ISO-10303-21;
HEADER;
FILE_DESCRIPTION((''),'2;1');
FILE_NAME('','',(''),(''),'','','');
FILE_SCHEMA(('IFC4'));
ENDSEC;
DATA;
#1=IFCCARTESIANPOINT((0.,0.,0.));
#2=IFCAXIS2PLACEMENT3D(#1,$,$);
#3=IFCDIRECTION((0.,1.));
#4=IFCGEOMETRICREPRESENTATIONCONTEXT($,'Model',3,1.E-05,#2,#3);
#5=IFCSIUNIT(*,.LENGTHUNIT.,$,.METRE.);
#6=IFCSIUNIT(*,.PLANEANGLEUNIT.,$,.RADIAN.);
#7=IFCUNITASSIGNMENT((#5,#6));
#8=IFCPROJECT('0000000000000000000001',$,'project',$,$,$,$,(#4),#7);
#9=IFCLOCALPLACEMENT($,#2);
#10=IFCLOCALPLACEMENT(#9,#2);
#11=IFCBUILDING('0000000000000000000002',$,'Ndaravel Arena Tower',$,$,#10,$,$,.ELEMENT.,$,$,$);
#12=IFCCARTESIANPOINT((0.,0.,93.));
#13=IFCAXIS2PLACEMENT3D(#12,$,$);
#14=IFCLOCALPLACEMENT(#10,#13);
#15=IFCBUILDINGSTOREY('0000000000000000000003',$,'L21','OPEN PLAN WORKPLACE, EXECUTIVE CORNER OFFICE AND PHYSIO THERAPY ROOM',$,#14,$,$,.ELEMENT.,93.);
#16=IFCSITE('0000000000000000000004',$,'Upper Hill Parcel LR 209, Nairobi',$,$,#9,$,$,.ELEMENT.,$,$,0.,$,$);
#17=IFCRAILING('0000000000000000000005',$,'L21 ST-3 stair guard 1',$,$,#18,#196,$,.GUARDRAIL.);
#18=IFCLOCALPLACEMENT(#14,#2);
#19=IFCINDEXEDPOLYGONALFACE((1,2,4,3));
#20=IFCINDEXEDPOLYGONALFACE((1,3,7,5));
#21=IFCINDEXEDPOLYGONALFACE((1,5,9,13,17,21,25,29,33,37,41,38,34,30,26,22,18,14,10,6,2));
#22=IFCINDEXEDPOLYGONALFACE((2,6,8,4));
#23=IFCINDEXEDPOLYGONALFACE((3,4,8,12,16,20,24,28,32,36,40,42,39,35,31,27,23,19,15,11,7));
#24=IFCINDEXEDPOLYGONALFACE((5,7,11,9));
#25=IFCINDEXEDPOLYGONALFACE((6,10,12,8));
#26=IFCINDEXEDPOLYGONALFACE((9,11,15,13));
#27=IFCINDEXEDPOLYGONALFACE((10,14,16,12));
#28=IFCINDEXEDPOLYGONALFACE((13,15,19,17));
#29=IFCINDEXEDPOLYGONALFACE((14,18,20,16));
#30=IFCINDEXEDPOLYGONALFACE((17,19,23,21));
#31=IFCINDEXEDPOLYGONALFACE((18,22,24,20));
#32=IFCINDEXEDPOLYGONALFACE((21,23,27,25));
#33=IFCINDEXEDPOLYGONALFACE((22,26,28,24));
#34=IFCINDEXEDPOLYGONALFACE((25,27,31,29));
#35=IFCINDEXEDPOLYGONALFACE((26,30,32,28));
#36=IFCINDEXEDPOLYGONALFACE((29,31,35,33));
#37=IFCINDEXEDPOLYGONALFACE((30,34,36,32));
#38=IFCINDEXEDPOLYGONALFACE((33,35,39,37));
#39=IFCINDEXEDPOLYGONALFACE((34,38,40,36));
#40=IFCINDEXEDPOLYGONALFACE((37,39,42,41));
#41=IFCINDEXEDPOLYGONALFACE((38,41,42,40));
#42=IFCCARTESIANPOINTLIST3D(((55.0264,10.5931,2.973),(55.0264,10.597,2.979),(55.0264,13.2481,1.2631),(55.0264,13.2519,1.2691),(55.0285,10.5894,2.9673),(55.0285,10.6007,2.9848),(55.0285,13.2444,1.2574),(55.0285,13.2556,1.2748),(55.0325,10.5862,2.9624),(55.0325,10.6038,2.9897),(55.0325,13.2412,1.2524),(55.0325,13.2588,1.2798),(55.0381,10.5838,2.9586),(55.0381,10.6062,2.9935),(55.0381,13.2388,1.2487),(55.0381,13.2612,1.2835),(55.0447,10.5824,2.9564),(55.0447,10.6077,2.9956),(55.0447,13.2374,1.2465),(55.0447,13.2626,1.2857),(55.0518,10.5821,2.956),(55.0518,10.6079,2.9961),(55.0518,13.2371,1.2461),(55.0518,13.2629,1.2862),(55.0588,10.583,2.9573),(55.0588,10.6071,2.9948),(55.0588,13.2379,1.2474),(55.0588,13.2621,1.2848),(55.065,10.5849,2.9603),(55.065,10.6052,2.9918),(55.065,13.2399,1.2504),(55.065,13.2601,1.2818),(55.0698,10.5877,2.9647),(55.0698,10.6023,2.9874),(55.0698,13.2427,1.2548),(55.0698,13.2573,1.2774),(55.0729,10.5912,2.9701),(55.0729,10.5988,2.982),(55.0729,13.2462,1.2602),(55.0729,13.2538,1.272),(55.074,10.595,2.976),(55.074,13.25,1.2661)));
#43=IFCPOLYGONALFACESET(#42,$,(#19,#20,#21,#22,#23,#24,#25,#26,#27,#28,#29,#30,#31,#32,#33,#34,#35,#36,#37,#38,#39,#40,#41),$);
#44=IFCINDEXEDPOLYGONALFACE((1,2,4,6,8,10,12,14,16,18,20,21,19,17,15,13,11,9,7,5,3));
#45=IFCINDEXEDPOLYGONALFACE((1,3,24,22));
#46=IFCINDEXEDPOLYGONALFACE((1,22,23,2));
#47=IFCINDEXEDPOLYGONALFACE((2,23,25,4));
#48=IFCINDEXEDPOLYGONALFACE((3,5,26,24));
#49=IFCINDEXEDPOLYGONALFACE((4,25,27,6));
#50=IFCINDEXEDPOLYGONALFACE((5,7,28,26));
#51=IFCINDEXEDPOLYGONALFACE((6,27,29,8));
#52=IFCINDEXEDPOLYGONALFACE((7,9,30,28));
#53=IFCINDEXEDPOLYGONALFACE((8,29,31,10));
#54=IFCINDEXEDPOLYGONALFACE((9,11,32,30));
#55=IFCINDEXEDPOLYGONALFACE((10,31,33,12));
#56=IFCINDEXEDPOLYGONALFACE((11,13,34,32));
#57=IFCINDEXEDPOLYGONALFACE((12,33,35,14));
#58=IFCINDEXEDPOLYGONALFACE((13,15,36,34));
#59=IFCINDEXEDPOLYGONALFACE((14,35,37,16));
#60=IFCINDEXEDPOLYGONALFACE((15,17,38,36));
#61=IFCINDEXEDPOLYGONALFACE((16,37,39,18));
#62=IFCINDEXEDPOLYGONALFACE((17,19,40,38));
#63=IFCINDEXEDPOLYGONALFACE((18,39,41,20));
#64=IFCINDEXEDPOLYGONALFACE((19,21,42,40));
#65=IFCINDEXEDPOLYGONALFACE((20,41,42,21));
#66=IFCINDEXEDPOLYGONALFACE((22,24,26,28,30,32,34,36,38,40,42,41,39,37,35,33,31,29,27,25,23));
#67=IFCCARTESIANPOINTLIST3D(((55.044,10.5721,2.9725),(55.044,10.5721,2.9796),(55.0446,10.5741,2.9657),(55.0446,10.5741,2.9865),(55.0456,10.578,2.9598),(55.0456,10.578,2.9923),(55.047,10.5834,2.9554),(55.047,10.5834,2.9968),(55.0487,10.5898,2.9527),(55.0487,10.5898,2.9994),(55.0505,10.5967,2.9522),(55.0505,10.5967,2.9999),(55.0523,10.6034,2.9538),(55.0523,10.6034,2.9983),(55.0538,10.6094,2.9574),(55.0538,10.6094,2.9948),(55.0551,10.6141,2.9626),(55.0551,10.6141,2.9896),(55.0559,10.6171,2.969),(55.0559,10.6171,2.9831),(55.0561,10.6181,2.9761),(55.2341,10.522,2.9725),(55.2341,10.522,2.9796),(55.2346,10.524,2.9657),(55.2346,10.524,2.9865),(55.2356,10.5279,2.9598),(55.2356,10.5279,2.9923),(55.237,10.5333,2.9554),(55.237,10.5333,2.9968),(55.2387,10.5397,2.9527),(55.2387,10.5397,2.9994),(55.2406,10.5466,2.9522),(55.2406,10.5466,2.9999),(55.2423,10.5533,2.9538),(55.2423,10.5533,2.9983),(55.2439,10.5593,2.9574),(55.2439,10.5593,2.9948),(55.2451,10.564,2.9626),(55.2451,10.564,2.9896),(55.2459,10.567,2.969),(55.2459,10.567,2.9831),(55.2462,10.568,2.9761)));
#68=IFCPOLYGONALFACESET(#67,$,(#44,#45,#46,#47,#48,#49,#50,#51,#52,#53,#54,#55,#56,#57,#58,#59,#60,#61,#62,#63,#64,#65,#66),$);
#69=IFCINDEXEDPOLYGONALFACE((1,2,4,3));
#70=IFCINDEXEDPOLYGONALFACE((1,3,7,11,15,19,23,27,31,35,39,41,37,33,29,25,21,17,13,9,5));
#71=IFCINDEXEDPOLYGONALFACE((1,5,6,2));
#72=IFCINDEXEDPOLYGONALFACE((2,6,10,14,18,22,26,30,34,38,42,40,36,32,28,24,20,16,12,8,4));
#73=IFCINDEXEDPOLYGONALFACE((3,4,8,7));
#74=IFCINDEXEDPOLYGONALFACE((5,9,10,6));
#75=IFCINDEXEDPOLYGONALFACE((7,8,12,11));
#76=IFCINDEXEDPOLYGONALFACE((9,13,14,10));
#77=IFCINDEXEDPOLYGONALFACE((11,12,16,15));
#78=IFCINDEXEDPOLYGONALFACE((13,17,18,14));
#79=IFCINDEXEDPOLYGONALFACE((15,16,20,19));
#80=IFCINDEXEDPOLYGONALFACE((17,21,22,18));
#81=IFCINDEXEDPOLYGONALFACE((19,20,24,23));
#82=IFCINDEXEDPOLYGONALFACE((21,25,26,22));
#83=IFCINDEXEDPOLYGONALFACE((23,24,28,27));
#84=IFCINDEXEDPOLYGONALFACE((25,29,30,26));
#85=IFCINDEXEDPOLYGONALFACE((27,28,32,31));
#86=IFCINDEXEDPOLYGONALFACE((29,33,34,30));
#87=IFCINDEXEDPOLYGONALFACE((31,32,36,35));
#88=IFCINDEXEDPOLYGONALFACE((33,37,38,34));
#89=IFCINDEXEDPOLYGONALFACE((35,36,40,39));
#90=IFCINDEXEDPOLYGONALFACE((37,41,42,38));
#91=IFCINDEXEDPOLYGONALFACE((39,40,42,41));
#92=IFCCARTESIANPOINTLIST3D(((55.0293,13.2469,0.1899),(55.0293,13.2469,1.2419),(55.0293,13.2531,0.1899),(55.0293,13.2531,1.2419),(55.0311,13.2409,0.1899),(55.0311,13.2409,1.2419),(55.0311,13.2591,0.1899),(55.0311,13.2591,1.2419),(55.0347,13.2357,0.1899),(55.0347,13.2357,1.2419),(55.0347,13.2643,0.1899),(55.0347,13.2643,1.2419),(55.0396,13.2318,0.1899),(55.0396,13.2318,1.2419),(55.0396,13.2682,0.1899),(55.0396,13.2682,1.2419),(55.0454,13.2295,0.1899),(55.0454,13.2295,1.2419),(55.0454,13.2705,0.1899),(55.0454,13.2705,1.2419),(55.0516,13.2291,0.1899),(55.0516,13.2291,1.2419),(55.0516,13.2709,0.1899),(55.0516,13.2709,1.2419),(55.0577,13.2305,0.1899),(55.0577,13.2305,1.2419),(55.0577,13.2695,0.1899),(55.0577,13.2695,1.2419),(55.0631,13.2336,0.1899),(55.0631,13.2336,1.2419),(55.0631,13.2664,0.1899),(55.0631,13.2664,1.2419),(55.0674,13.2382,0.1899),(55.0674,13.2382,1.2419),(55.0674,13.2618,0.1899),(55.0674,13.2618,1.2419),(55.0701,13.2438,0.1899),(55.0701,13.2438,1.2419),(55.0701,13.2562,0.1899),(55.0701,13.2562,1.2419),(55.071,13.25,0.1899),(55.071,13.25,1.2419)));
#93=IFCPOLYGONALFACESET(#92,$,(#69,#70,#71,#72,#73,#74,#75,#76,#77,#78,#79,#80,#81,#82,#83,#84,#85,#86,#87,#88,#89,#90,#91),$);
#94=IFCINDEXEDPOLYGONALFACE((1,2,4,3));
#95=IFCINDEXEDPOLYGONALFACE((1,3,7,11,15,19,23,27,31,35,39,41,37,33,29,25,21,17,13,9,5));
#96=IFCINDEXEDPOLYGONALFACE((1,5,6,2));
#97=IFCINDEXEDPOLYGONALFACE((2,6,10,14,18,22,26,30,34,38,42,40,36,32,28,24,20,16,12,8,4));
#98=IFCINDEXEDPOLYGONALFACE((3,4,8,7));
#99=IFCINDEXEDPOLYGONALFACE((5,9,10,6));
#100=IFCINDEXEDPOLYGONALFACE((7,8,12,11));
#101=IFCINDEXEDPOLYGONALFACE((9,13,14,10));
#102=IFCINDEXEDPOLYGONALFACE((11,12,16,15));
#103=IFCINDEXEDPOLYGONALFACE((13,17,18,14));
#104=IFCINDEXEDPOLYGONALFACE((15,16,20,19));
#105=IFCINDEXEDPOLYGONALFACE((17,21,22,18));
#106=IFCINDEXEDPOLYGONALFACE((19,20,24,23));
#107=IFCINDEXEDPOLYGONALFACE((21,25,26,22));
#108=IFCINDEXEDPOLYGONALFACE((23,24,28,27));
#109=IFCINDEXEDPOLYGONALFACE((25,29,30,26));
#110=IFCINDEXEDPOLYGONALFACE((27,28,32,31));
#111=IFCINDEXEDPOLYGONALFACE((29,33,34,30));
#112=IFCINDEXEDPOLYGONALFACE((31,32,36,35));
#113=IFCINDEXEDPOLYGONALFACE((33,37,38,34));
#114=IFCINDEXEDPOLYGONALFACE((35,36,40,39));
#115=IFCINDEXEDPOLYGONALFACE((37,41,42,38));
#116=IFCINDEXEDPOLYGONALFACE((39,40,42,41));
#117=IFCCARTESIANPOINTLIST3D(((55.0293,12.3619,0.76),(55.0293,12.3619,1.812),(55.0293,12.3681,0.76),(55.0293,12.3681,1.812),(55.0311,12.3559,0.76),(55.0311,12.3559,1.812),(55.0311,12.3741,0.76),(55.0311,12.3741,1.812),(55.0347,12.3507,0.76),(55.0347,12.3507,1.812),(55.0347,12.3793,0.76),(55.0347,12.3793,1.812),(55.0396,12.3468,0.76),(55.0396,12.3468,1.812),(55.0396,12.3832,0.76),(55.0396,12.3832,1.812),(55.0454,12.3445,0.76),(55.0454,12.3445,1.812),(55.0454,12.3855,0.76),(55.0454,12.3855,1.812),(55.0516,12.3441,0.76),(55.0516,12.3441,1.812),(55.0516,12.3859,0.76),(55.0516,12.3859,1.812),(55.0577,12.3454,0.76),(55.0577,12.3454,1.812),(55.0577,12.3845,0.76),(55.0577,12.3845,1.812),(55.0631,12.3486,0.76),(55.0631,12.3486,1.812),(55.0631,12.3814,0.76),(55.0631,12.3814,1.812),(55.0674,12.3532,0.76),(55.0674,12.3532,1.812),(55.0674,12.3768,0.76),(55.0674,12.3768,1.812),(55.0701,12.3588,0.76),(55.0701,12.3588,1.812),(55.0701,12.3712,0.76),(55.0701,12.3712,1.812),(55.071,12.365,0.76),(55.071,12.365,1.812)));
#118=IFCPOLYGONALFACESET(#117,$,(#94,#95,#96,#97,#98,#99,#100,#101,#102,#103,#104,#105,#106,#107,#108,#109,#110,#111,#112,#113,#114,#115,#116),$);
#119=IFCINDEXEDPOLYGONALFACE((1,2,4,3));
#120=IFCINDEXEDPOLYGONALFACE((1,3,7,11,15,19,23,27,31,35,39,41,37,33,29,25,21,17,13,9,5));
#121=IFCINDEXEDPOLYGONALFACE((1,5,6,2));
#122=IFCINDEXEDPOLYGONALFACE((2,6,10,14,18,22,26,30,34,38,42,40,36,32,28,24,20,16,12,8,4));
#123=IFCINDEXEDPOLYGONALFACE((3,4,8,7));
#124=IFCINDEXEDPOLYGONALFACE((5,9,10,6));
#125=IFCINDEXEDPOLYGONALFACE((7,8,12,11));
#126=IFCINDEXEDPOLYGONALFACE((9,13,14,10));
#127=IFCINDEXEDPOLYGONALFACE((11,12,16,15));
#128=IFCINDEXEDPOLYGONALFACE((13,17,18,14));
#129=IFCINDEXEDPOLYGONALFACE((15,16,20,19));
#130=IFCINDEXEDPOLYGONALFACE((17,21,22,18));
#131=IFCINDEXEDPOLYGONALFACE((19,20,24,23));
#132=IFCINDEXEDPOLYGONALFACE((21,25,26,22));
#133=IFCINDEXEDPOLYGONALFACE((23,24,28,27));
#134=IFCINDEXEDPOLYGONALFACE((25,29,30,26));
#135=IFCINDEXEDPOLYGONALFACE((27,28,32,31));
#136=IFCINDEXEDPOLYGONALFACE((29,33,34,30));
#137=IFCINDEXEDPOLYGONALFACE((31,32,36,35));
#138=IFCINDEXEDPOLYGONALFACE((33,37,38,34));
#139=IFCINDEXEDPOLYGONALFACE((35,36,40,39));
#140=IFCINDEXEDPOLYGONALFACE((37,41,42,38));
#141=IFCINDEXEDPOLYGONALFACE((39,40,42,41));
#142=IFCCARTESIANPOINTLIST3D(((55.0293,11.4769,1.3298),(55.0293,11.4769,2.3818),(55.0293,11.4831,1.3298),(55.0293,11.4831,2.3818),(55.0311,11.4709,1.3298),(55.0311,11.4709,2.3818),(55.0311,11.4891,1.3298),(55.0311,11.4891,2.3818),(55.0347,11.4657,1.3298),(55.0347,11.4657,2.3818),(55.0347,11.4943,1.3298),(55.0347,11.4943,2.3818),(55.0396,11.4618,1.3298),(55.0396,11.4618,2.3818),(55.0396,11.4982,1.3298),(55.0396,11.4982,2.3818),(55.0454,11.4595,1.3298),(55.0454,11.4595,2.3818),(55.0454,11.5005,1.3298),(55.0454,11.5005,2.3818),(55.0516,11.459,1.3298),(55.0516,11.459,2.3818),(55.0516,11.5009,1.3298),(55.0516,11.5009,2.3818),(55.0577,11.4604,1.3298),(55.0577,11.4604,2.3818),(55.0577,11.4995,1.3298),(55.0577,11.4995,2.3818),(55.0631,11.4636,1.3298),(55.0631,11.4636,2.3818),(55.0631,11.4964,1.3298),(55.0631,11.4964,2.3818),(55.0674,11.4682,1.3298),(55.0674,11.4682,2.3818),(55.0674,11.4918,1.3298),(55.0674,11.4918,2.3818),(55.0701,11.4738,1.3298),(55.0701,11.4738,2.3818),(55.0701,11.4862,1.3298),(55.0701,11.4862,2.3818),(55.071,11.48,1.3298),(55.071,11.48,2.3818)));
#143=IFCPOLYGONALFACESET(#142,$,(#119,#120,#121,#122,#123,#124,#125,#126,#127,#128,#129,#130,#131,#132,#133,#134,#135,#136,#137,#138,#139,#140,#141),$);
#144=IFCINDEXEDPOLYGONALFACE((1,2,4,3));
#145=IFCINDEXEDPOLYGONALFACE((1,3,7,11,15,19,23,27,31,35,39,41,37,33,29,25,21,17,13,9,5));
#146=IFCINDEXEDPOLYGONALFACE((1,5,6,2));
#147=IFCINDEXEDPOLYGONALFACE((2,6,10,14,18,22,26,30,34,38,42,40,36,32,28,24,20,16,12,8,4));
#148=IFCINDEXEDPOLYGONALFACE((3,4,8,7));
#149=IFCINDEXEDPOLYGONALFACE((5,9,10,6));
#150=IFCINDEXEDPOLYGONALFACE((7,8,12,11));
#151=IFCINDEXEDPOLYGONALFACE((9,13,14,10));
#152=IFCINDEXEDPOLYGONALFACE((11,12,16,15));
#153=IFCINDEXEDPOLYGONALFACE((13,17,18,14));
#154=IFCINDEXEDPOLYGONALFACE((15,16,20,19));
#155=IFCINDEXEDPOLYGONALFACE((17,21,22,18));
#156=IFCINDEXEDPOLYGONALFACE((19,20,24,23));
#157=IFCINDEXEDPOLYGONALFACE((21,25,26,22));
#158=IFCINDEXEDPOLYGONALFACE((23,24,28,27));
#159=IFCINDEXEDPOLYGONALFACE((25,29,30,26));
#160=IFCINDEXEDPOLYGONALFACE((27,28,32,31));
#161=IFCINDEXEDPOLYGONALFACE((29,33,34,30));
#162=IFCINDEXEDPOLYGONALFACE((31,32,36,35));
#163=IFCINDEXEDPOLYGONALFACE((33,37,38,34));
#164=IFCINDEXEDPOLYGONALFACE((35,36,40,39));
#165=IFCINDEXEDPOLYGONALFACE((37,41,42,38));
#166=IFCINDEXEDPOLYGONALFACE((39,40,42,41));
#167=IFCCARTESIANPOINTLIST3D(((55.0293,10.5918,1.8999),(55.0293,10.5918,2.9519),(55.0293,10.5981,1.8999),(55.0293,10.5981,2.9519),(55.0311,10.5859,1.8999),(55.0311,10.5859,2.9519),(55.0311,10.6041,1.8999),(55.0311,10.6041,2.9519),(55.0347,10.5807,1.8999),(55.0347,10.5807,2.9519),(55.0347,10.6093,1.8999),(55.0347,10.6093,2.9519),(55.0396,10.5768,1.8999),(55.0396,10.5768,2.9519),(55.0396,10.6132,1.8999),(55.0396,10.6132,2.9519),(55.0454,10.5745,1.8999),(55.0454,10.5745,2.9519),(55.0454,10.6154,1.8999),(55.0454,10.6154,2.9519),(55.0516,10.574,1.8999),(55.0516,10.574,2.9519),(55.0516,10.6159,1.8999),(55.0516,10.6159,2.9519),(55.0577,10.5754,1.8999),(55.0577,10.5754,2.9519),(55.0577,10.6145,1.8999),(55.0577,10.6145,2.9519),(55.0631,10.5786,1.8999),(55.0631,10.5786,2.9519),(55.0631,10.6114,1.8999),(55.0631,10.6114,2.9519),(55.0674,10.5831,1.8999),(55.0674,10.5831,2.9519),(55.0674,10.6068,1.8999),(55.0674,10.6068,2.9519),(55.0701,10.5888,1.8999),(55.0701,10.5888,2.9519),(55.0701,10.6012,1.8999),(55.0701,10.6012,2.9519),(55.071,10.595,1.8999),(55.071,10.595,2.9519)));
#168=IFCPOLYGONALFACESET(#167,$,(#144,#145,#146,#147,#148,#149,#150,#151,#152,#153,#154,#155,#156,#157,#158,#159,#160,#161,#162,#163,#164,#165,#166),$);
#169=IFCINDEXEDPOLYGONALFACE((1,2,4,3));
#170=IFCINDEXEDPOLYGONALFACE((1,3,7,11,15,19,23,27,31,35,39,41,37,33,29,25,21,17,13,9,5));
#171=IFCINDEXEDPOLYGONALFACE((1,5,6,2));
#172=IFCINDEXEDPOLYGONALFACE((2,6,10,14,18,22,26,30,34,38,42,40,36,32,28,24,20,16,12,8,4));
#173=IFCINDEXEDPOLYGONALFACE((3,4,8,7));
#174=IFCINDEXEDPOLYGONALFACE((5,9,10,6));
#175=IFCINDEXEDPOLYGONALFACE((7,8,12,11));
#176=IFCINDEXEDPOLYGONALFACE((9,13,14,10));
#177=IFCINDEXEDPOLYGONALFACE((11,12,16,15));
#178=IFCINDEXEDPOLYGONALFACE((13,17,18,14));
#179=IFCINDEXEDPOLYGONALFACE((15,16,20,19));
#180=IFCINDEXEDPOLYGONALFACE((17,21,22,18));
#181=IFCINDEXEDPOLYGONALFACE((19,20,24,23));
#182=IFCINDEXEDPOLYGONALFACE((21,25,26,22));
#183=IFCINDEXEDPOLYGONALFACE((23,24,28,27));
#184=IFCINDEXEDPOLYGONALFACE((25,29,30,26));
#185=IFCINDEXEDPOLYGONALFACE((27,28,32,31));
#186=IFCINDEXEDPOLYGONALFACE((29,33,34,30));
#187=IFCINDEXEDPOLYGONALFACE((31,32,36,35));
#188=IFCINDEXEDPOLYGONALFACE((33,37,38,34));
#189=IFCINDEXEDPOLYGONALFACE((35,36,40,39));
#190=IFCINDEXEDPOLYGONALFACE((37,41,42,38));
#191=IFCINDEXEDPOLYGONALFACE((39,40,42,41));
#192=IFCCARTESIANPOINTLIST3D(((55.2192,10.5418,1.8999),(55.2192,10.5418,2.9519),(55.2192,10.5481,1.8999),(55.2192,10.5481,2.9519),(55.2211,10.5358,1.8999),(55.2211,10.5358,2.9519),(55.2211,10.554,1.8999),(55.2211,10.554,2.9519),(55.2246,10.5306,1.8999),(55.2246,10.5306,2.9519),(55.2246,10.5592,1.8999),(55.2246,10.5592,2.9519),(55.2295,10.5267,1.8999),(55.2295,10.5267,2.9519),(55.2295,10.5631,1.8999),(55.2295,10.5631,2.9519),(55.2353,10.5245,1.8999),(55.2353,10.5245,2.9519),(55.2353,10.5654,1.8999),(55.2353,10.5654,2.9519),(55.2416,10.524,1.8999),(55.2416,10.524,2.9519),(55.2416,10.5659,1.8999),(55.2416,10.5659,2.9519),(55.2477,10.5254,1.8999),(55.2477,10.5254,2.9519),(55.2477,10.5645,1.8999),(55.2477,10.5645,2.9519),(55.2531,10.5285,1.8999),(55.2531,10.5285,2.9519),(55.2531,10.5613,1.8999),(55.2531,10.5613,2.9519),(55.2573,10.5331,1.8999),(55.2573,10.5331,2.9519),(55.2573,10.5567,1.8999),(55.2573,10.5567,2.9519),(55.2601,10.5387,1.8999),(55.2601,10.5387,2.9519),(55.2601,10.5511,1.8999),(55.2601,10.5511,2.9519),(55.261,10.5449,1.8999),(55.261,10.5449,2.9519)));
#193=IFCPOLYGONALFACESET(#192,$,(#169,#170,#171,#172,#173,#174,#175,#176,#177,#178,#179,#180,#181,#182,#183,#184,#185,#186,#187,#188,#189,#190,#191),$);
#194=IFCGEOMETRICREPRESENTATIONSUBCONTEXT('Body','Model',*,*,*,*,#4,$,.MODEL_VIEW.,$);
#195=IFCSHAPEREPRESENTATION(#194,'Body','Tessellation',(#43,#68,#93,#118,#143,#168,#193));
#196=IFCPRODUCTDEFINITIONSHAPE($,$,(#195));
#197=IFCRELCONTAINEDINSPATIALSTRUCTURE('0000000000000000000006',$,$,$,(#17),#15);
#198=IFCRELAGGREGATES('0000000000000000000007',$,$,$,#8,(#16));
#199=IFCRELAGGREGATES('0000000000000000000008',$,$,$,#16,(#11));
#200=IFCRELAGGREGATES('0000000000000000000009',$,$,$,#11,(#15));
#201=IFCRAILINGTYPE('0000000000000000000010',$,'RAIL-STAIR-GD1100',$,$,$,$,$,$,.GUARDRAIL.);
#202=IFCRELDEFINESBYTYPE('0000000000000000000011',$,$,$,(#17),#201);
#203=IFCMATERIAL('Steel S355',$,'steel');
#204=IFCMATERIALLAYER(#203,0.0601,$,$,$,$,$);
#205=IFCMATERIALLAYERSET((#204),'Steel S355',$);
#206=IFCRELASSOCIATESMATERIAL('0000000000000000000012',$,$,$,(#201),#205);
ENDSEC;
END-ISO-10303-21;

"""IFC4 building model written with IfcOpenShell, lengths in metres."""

from ifc_helpers import new_model, si_unit, direction, frame, origin, origin_2d, place, context, subcontext, project, spatial, circle, extrude, material, layer, layer_set, type_object, element, save


model = new_model("IFC4")

# Units and contexts
model_context = context("Model", 3, precision=1e-05, world=origin(), true_north=direction((0.0, 1.0)))
body_context = subcontext(model_context, "Body", "Model", "MODEL_VIEW")
ifc_project = project(units=[si_unit("LENGTHUNIT", "METRE"), si_unit("PLANEANGLEUNIT", "RADIAN")], contexts=[model_context])

# Site, building, storey
site_placement = place(None, origin())
site = spatial("IfcSite", under=ifc_project, at=site_placement, Name="Upper Hill Parcel LR 209, Nairobi", CompositionType="ELEMENT", RefElevation=0.0)
building_placement = place(site_placement, origin())
building = spatial("IfcBuilding", under=site, at=building_placement, Name="Ndaravel Arena Tower", CompositionType="ELEMENT")
storey_placement = place(building_placement, frame((0.0, 0.0, 93.0)))
storey = spatial("IfcBuildingStorey", under=building, at=storey_placement, Name="L21", Description="OPEN PLAN WORKPLACE, EXECUTIVE CORNER OFFICE AND PHYSIO THERAPY ROOM", CompositionType="ELEMENT", Elevation=93.0)

# Railing
ifc_material_1 = material(Name="Steel S355", Category="steel")
ifc_layer_1 = layer(ifc_material_1, 0.0601)
ifc_layer_set_1 = layer_set([ifc_layer_1], Name="Steel S355")
railing_type_1 = type_object("IfcRailingType", Name="RAIL-STAIR-GD1100", PredefinedType="GUARDRAIL", material=ifc_layer_set_1)
railing_1_placement = place(storey_placement, frame((55.05, 13.25, 0.1899)))
element("IfcRailing", 1, at=railing_1_placement, inside=storey, type_object=railing_type_1, Name="L21 ST-3 stair guard 1", PredefinedType="GUARDRAIL", context=body_context, shape_type="SweptSolid", body=[
    extrude(circle(Radius=0.0239, at=origin_2d()), frame((0.0, 0.0, 1.0762), z_axis=(0.0, -0.840724, 0.541465), x_axis=(1.0, 0.0, 0.0)), (0.0, 0.0, 1.0), 3.158),
    extrude(circle(Radius=0.0239, at=origin_2d()), frame((0.0, -2.655, 2.7861), z_axis=(0.966994, -0.254799, 0.0), x_axis=(0.254799, 0.966994, 0.0)), (0.0, 0.0, 1.0), 0.1965),
    extrude(circle(Radius=0.021, at=origin_2d()), origin(), (0.0, 0.0, 1.0), 1.052),
    extrude(circle(Radius=0.021, at=origin_2d()), frame((0.0, -0.885, 0.5701)), (0.0, 0.0, 1.0), 1.052),
    extrude(circle(Radius=0.021, at=origin_2d()), frame((0.0, -1.77, 1.1399)), (0.0, 0.0, 1.0), 1.052),
    extrude(circle(Radius=0.021, at=origin_2d()), frame((0.0, -2.655, 1.71)), (0.0, 0.0, 1.0), 1.052),
    extrude(circle(Radius=0.021, at=origin_2d()), frame((0.1899, -2.7051, 1.71)), (0.0, 0.0, 1.0), 1.052),
])

save(model, "model.ifc")
